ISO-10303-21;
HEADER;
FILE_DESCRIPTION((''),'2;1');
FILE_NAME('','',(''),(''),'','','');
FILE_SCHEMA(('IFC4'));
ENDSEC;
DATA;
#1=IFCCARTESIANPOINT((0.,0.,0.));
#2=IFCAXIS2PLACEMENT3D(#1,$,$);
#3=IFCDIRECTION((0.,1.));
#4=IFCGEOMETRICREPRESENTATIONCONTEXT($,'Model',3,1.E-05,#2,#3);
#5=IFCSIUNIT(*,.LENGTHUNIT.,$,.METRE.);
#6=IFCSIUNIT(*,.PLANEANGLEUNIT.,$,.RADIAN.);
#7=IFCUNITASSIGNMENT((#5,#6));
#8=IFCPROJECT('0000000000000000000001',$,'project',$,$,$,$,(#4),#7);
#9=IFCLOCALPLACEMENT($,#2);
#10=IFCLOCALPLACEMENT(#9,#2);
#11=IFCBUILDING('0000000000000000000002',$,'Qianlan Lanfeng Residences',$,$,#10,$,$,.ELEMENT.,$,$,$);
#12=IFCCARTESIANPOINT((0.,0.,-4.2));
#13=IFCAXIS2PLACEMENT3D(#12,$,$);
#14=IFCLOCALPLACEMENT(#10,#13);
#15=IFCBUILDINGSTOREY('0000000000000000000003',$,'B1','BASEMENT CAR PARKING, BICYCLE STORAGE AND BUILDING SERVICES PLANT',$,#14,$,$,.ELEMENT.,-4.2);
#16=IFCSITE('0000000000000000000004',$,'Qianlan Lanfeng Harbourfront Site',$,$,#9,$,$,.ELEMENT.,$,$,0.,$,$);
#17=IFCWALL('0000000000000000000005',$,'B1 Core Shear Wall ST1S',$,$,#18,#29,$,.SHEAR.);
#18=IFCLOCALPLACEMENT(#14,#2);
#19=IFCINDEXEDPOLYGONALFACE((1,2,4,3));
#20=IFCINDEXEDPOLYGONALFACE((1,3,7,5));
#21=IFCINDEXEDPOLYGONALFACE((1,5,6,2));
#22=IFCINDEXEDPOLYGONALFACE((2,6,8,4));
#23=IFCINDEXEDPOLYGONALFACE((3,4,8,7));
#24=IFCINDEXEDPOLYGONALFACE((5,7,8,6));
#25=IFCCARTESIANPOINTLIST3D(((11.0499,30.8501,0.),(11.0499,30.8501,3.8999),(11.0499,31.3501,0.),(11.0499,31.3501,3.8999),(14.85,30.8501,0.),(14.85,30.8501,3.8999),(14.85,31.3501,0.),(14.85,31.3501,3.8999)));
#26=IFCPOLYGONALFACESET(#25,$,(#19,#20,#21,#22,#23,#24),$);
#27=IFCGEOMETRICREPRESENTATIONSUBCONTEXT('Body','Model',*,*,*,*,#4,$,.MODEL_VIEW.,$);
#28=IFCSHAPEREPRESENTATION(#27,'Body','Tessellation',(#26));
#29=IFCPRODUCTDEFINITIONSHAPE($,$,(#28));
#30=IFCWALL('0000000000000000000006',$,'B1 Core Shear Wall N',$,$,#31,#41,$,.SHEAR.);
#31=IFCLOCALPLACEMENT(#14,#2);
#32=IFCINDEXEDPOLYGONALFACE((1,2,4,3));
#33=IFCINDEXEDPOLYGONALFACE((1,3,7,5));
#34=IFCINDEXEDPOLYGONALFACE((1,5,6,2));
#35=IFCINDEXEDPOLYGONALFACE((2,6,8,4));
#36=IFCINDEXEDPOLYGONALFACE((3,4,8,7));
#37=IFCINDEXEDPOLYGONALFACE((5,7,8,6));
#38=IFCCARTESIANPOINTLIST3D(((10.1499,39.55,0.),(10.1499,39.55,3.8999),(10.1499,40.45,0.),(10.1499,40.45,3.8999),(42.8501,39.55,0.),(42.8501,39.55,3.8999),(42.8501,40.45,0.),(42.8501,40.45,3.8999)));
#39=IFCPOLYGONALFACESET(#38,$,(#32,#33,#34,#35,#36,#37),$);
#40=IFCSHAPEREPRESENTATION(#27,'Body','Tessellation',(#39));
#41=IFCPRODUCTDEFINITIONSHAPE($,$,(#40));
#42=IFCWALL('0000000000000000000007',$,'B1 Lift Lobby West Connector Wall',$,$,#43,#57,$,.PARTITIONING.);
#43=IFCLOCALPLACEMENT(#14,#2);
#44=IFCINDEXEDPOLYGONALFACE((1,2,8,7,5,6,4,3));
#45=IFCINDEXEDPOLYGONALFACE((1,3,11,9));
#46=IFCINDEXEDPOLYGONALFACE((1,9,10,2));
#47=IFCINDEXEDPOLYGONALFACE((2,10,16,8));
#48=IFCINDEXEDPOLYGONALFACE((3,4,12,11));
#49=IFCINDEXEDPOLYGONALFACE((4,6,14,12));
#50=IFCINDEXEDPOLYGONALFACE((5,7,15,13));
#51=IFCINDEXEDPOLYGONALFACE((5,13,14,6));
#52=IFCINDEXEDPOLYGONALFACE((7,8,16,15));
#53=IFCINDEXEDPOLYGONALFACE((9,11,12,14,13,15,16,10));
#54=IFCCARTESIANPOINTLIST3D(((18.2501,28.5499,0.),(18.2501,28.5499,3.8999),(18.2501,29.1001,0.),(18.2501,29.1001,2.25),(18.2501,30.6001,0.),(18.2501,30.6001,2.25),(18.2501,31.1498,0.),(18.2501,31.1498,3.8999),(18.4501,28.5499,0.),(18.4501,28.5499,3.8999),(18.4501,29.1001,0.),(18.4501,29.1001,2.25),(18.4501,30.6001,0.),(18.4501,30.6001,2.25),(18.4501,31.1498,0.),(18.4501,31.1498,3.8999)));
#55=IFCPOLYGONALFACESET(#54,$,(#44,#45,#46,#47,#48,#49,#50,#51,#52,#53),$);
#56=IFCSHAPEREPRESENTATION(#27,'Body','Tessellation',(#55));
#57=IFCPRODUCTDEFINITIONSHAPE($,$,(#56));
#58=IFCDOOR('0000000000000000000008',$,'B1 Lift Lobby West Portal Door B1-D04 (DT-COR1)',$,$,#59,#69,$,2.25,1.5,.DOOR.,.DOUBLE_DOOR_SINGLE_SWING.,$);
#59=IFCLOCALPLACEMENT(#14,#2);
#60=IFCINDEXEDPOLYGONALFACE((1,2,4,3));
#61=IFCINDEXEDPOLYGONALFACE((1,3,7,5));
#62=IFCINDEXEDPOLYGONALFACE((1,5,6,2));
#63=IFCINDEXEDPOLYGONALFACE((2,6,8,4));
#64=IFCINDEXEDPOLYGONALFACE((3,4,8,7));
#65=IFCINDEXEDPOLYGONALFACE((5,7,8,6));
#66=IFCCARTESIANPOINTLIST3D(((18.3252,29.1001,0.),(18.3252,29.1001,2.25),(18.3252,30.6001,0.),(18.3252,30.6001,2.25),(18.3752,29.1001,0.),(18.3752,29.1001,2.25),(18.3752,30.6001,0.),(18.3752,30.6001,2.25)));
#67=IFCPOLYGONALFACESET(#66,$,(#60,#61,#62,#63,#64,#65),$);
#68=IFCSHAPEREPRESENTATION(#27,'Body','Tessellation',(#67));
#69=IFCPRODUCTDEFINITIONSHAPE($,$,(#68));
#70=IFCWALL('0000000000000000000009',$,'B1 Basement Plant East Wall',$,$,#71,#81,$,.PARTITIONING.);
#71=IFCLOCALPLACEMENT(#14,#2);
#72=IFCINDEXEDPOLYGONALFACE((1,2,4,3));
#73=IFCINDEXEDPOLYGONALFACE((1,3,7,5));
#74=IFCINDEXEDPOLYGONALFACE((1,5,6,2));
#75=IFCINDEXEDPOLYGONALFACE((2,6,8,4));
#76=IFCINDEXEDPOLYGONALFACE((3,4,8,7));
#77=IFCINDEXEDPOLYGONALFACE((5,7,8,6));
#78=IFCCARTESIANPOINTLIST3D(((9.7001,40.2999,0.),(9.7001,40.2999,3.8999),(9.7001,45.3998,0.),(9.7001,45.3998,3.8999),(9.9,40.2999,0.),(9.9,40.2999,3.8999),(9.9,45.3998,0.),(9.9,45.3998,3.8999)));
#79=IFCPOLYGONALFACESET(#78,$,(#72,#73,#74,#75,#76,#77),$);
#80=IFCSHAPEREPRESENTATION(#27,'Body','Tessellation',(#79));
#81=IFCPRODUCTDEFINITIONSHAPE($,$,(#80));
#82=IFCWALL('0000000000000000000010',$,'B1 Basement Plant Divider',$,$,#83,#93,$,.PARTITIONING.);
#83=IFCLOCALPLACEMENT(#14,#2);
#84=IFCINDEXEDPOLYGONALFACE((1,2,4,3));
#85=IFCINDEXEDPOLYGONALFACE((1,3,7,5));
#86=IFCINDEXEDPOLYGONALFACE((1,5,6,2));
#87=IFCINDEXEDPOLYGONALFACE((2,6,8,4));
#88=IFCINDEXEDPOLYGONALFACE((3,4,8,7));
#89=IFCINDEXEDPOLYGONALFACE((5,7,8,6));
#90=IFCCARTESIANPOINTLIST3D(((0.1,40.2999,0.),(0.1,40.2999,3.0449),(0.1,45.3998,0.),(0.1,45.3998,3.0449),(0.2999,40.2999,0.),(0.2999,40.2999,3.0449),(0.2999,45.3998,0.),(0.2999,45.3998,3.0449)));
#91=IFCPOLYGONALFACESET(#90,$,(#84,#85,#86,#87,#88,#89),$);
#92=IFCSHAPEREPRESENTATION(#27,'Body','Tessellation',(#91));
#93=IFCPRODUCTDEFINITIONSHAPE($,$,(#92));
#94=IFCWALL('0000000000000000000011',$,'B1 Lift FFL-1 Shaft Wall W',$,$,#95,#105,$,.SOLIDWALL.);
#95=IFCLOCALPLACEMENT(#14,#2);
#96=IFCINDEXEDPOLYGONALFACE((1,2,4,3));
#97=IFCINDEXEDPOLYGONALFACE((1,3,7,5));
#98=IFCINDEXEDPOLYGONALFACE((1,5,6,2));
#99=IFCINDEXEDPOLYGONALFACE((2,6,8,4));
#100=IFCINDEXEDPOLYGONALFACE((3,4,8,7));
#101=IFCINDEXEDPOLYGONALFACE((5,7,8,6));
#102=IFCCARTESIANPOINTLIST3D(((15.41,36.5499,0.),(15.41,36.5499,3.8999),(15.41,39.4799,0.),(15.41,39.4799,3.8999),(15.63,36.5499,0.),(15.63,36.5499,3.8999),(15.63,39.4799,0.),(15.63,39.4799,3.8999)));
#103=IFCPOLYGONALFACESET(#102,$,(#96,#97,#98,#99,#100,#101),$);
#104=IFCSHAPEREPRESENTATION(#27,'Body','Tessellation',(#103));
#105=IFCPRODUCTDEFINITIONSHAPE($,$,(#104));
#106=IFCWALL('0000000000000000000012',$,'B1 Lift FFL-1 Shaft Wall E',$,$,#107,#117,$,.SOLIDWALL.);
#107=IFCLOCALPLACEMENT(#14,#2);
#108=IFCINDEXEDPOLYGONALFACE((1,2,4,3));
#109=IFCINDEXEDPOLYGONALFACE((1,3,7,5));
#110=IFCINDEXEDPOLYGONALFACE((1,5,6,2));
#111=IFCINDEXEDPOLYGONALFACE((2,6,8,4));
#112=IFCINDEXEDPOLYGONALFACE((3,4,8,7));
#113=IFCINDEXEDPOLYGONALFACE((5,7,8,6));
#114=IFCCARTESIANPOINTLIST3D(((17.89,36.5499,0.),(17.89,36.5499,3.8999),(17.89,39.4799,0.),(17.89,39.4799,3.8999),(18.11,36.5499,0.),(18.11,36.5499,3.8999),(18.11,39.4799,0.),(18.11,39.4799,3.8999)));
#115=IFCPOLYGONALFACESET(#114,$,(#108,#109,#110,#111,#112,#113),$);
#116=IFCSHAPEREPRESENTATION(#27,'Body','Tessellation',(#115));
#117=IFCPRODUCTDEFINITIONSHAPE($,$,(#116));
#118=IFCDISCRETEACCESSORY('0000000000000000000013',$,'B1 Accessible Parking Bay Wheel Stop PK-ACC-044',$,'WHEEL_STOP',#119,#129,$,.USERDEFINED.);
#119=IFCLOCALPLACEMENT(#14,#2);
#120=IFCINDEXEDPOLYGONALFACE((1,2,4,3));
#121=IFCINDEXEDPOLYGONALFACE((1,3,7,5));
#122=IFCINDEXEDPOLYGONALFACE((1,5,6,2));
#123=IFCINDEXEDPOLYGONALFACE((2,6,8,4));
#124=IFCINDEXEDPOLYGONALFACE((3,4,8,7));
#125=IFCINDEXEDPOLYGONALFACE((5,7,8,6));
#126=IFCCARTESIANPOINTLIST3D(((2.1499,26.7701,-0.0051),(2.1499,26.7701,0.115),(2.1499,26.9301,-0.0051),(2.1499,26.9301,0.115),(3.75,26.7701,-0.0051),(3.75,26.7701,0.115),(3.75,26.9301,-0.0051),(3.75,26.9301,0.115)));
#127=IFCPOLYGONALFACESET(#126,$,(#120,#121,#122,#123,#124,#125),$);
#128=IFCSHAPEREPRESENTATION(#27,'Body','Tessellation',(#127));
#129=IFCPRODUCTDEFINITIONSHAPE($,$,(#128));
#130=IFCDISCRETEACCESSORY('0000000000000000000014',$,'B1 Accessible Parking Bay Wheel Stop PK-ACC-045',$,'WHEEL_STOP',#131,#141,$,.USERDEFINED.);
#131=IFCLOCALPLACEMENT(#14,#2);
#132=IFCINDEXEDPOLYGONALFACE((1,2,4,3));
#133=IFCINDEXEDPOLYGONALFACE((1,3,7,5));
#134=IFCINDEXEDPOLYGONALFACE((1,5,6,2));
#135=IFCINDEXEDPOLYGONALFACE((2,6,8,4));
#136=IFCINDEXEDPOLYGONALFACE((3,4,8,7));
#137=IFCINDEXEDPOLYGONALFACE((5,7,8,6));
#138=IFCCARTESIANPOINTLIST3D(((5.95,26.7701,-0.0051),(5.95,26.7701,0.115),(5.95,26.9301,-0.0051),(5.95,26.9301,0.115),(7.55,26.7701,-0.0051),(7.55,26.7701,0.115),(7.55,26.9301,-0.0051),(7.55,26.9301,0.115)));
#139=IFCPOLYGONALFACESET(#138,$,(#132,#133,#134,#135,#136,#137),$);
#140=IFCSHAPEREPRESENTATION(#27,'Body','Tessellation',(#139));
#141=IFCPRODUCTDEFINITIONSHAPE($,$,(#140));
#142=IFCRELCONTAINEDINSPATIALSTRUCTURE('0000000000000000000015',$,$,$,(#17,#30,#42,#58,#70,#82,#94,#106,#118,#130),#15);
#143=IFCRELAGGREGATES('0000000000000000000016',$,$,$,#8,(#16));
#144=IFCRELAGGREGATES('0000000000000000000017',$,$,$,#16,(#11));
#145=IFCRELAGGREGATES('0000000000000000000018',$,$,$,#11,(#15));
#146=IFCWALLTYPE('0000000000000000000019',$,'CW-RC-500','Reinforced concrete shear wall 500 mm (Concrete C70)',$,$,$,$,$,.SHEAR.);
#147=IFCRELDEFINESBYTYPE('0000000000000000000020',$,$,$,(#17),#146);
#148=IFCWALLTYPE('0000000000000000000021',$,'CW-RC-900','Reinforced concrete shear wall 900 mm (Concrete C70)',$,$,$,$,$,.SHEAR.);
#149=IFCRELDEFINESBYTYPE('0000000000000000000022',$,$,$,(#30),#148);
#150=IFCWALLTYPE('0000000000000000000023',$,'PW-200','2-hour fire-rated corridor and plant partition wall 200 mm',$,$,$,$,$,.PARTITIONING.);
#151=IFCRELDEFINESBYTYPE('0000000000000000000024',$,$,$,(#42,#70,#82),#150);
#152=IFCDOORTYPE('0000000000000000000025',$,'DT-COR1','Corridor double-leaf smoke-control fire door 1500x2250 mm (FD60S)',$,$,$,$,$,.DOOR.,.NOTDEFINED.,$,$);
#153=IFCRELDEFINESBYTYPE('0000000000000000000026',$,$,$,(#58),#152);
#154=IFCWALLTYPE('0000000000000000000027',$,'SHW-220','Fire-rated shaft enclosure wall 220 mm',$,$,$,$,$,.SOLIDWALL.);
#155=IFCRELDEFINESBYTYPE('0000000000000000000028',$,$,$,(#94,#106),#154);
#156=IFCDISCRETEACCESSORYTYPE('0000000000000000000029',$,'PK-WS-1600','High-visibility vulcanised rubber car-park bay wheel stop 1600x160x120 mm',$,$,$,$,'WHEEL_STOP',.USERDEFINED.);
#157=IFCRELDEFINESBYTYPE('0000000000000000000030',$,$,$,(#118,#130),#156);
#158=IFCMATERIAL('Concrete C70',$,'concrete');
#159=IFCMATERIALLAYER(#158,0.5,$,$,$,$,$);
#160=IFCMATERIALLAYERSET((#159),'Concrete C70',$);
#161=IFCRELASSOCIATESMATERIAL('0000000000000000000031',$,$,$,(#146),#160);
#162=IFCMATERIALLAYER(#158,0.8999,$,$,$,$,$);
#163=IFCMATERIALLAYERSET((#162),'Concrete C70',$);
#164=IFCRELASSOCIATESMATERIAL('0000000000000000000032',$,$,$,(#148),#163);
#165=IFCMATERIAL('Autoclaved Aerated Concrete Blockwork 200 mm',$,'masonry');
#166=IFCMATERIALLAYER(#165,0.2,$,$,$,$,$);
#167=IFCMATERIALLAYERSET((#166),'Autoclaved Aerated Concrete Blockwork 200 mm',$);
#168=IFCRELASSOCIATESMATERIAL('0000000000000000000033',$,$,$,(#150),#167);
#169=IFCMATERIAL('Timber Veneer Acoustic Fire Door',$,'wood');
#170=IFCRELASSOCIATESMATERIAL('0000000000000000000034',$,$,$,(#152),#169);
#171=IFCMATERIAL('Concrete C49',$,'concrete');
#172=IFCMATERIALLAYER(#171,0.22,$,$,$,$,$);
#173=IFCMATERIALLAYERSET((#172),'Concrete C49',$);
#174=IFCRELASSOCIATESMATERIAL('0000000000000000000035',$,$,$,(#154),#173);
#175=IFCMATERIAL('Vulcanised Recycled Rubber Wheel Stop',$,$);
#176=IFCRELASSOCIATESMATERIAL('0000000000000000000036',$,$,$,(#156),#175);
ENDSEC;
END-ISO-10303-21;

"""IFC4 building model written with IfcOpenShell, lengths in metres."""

from ifc_helpers import new_model, si_unit, direction, frame, frame_2d, origin, origin_2d, place, context, subcontext, project, spatial, rectangle, extrude, source, transform, mapped, material, layer, layer_set, type_object, element, fill, save


model = new_model("IFC4")

# Units and contexts
model_context = context("Model", 3, precision=1e-05, world=origin(), true_north=direction((0.0, 1.0)))
body_context = subcontext(model_context, "Body", "Model", "MODEL_VIEW")
ifc_project = project(units=[si_unit("LENGTHUNIT", "METRE"), si_unit("PLANEANGLEUNIT", "RADIAN")], contexts=[model_context])

# Site, building, storey
site_placement = place(None, origin())
site = spatial("IfcSite", under=ifc_project, at=site_placement, Name="Qianlan Lanfeng Harbourfront Site", CompositionType="ELEMENT", RefElevation=0.0)
building_placement = place(site_placement, origin())
building = spatial("IfcBuilding", under=site, at=building_placement, Name="Qianlan Lanfeng Residences", CompositionType="ELEMENT")
storey_placement = place(building_placement, frame((0.0, 0.0, -4.2)))
storey = spatial("IfcBuildingStorey", under=building, at=storey_placement, Name="B1", Description="BASEMENT CAR PARKING, BICYCLE STORAGE AND BUILDING SERVICES PLANT", CompositionType="ELEMENT", Elevation=-4.2)

# Wall
ifc_material_1 = material(Name="Concrete C70", Category="concrete")
ifc_layer_1 = layer(ifc_material_1, 0.5)
ifc_layer_set_1 = layer_set([ifc_layer_1], Name="Concrete C70")
wall_type_1 = type_object("IfcWallType", Name="CW-RC-500", Description="Reinforced concrete shear wall 500 mm (Concrete C70)", PredefinedType="SHEAR", material=ifc_layer_set_1)
wall_1_placement = place(storey_placement, frame((11.05, 31.1001, 0.0), z_axis=(0.0, 0.0, 1.0), x_axis=(1.0, 0.0, 0.0)))
element("IfcWall", 1, at=wall_1_placement, inside=storey, type_object=wall_type_1, Name="B1 Core Shear Wall ST1S", PredefinedType="SHEAR", context=body_context, shape_type="SweptSolid", body=[
    extrude(rectangle(XDim=3.8, YDim=0.5, at=frame_2d((1.8999, 0.0))), origin(), (0.0, 0.0, 1.0), 3.8999),
])

# Wall
ifc_layer_2 = layer(ifc_material_1, 0.8999)
ifc_layer_set_2 = layer_set([ifc_layer_2], Name="Concrete C70")
wall_type_2 = type_object("IfcWallType", Name="CW-RC-900", Description="Reinforced concrete shear wall 900 mm (Concrete C70)", PredefinedType="SHEAR", material=ifc_layer_set_2)
wall_2_placement = place(storey_placement, frame((10.1499, 40.0, 0.0), z_axis=(0.0, 0.0, 1.0), x_axis=(1.0, 0.0, 0.0)))
element("IfcWall", 2, at=wall_2_placement, inside=storey, type_object=wall_type_2, Name="B1 Core Shear Wall N", PredefinedType="SHEAR", context=body_context, shape_type="SweptSolid", body=[
    extrude(rectangle(XDim=32.7002, YDim=0.8999, at=frame_2d((16.3501, 0.0))), origin(), (0.0, 0.0, 1.0), 3.8999),
])

# Wall, opening, door
ifc_material_2 = material(Name="Autoclaved Aerated Concrete Blockwork 200 mm", Category="masonry")
ifc_layer_3 = layer(ifc_material_2, 0.2)
ifc_layer_set_3 = layer_set([ifc_layer_3], Name="Autoclaved Aerated Concrete Blockwork 200 mm")
wall_type_3 = type_object("IfcWallType", Name="PW-200", Description="2-hour fire-rated corridor and plant partition wall 200 mm", PredefinedType="PARTITIONING", material=ifc_layer_set_3)
wall_3_placement = place(storey_placement, frame((18.3501, 28.55, 0.0), z_axis=(0.0, 0.0, 1.0), x_axis=(0.0, 1.0, 0.0)))
wall_3 = element("IfcWall", 3, at=wall_3_placement, inside=storey, type_object=wall_type_3, Name="B1 Lift Lobby West Connector Wall", PredefinedType="PARTITIONING", context=body_context, shape_type="SweptSolid", body=[
    extrude(rectangle(XDim=2.5999, YDim=0.2, at=frame_2d((1.2998, 0.0))), origin(), (0.0, 0.0, 1.0), 3.8999),
])
opening_1_placement = place(wall_3_placement, frame((0.55, 0.0, 0.0)))
opening_1 = element("IfcOpeningElement", 4, at=opening_1_placement, cuts=wall_3, PredefinedType="OPENING", context=body_context, shape_type="SweptSolid", body=[
    extrude(rectangle(XDim=1.5, YDim=2.25, at=frame_2d((0.75, 1.125))), frame((0.0, 0.1099, 0.0), z_axis=(0.0, -1.0, 0.0), x_axis=(1.0, 0.0, 0.0)), (0.0, 0.0, 1.0), 0.22),
])
ifc_material_3 = material(Name="Timber Veneer Acoustic Fire Door", Category="wood")
door_type_1 = type_object("IfcDoorType", Name="DT-COR1", Description="Corridor double-leaf smoke-control fire door 1500x2250 mm (FD60S)", OperationType="NOTDEFINED", PredefinedType="DOOR", material=ifc_material_3)
door_1_placement = place(opening_1_placement, origin())
door_1 = element("IfcDoor", 5, at=door_1_placement, inside=storey, type_object=door_type_1, Name="B1 Lift Lobby West Portal Door B1-D04 (DT-COR1)", OperationType="DOUBLE_DOOR_SINGLE_SWING", OverallHeight=2.25, OverallWidth=1.5, PredefinedType="DOOR", context=body_context, shape_type="SweptSolid", body=[
    extrude(rectangle(XDim=1.5, YDim=2.25, at=frame_2d((0.75, 1.125))), frame((0.0, 0.0249, 0.0), z_axis=(0.0, -1.0, 0.0), x_axis=(1.0, 0.0, 0.0)), (0.0, 0.0, 1.0), 0.05),
])
fill(opening_1, door_1)

# Walls
wall_4_placement = place(storey_placement, frame((9.8, 40.3, 0.0), z_axis=(0.0, 0.0, 1.0), x_axis=(0.0, 1.0, 0.0)))
element("IfcWall", 6, at=wall_4_placement, inside=storey, type_object=wall_type_3, Name="B1 Basement Plant East Wall", PredefinedType="PARTITIONING", context=body_context, shape_type="SweptSolid", body=[
    extrude(rectangle(XDim=5.0999, YDim=0.2, at=frame_2d((2.5498, 0.0))), origin(), (0.0, 0.0, 1.0), 3.8999),
])
wall_5_placement = place(storey_placement, frame((0.2, 40.3, 0.0), z_axis=(0.0, 0.0, 1.0), x_axis=(0.0, 1.0, 0.0)))
element("IfcWall", 7, at=wall_5_placement, inside=storey, type_object=wall_type_3, Name="B1 Basement Plant Divider", PredefinedType="PARTITIONING", context=body_context, shape_type="SweptSolid", body=[
    extrude(rectangle(XDim=5.0999, YDim=0.2, at=frame_2d((2.5498, 0.0))), origin(), (0.0, 0.0, 1.0), 3.0449),
])
ifc_material_4 = material(Name="Concrete C49", Category="concrete")
ifc_layer_4 = layer(ifc_material_4, 0.22)
ifc_layer_set_4 = layer_set([ifc_layer_4], Name="Concrete C49")
wall_type_4 = type_object("IfcWallType", Name="SHW-220", Description="Fire-rated shaft enclosure wall 220 mm", PredefinedType="SOLIDWALL", material=ifc_layer_set_4)
for number, where, z_axis, x_axis, name in (
    (8, (15.52, 36.55, 0.0), (0.0, 0.0, 1.0), (0.0, 1.0, 0.0), "B1 Lift FFL-1 Shaft Wall W"),
    (9, (18.0, 36.55, 0.0), (0.0, 0.0, 1.0), (0.0, 1.0, 0.0), "B1 Lift FFL-1 Shaft Wall E"),
):
    element("IfcWall", number, at=place(storey_placement, frame(where, z_axis=z_axis, x_axis=x_axis)), inside=storey, type_object=wall_type_4, Name=name, PredefinedType="SOLIDWALL", context=body_context, shape_type="SweptSolid", body=[
        extrude(rectangle(XDim=2.9299, YDim=0.22, at=frame_2d((1.4648, 0.0))), origin(), (0.0, 0.0, 1.0), 3.8999),
    ])

# Discrete accessories
ifc_material_5 = material(Name="Vulcanised Recycled Rubber Wheel Stop")
discrete_accessory_type = type_object("IfcDiscreteAccessoryType", Name="PK-WS-1600", Description="High-visibility vulcanised rubber car-park bay wheel stop 1600x160x120 mm", ElementType="WHEEL_STOP", PredefinedType="USERDEFINED", material=ifc_material_5)
shared_shape = source(origin(), body_context, "Body", "SweptSolid", [
    extrude(rectangle(XDim=1.6001, YDim=0.1599, at=origin_2d()), origin(), (0.0, 0.0, 1.0), 0.1201),
])
for number, where, z_axis, x_axis, name in (
    (10, (2.95, 26.8501, -0.0051), (0.0, 0.0, 1.0), (1.0, 0.0, 0.0), "B1 Accessible Parking Bay Wheel Stop PK-ACC-044"),
    (11, (6.75, 26.8501, -0.0051), (0.0, 0.0, 1.0), (1.0, 0.0, 0.0), "B1 Accessible Parking Bay Wheel Stop PK-ACC-045"),
):
    element("IfcDiscreteAccessory", number, at=place(storey_placement, frame(where, z_axis=z_axis, x_axis=x_axis)), inside=storey, type_object=discrete_accessory_type, Name=name, ObjectType="WHEEL_STOP", PredefinedType="USERDEFINED", context=body_context, shape_type="MappedRepresentation", body=[
        mapped(shared_shape, transform((0.0, 0.0, 0.0), scale=1.0)),
    ])

save(model, "model.ifc")
